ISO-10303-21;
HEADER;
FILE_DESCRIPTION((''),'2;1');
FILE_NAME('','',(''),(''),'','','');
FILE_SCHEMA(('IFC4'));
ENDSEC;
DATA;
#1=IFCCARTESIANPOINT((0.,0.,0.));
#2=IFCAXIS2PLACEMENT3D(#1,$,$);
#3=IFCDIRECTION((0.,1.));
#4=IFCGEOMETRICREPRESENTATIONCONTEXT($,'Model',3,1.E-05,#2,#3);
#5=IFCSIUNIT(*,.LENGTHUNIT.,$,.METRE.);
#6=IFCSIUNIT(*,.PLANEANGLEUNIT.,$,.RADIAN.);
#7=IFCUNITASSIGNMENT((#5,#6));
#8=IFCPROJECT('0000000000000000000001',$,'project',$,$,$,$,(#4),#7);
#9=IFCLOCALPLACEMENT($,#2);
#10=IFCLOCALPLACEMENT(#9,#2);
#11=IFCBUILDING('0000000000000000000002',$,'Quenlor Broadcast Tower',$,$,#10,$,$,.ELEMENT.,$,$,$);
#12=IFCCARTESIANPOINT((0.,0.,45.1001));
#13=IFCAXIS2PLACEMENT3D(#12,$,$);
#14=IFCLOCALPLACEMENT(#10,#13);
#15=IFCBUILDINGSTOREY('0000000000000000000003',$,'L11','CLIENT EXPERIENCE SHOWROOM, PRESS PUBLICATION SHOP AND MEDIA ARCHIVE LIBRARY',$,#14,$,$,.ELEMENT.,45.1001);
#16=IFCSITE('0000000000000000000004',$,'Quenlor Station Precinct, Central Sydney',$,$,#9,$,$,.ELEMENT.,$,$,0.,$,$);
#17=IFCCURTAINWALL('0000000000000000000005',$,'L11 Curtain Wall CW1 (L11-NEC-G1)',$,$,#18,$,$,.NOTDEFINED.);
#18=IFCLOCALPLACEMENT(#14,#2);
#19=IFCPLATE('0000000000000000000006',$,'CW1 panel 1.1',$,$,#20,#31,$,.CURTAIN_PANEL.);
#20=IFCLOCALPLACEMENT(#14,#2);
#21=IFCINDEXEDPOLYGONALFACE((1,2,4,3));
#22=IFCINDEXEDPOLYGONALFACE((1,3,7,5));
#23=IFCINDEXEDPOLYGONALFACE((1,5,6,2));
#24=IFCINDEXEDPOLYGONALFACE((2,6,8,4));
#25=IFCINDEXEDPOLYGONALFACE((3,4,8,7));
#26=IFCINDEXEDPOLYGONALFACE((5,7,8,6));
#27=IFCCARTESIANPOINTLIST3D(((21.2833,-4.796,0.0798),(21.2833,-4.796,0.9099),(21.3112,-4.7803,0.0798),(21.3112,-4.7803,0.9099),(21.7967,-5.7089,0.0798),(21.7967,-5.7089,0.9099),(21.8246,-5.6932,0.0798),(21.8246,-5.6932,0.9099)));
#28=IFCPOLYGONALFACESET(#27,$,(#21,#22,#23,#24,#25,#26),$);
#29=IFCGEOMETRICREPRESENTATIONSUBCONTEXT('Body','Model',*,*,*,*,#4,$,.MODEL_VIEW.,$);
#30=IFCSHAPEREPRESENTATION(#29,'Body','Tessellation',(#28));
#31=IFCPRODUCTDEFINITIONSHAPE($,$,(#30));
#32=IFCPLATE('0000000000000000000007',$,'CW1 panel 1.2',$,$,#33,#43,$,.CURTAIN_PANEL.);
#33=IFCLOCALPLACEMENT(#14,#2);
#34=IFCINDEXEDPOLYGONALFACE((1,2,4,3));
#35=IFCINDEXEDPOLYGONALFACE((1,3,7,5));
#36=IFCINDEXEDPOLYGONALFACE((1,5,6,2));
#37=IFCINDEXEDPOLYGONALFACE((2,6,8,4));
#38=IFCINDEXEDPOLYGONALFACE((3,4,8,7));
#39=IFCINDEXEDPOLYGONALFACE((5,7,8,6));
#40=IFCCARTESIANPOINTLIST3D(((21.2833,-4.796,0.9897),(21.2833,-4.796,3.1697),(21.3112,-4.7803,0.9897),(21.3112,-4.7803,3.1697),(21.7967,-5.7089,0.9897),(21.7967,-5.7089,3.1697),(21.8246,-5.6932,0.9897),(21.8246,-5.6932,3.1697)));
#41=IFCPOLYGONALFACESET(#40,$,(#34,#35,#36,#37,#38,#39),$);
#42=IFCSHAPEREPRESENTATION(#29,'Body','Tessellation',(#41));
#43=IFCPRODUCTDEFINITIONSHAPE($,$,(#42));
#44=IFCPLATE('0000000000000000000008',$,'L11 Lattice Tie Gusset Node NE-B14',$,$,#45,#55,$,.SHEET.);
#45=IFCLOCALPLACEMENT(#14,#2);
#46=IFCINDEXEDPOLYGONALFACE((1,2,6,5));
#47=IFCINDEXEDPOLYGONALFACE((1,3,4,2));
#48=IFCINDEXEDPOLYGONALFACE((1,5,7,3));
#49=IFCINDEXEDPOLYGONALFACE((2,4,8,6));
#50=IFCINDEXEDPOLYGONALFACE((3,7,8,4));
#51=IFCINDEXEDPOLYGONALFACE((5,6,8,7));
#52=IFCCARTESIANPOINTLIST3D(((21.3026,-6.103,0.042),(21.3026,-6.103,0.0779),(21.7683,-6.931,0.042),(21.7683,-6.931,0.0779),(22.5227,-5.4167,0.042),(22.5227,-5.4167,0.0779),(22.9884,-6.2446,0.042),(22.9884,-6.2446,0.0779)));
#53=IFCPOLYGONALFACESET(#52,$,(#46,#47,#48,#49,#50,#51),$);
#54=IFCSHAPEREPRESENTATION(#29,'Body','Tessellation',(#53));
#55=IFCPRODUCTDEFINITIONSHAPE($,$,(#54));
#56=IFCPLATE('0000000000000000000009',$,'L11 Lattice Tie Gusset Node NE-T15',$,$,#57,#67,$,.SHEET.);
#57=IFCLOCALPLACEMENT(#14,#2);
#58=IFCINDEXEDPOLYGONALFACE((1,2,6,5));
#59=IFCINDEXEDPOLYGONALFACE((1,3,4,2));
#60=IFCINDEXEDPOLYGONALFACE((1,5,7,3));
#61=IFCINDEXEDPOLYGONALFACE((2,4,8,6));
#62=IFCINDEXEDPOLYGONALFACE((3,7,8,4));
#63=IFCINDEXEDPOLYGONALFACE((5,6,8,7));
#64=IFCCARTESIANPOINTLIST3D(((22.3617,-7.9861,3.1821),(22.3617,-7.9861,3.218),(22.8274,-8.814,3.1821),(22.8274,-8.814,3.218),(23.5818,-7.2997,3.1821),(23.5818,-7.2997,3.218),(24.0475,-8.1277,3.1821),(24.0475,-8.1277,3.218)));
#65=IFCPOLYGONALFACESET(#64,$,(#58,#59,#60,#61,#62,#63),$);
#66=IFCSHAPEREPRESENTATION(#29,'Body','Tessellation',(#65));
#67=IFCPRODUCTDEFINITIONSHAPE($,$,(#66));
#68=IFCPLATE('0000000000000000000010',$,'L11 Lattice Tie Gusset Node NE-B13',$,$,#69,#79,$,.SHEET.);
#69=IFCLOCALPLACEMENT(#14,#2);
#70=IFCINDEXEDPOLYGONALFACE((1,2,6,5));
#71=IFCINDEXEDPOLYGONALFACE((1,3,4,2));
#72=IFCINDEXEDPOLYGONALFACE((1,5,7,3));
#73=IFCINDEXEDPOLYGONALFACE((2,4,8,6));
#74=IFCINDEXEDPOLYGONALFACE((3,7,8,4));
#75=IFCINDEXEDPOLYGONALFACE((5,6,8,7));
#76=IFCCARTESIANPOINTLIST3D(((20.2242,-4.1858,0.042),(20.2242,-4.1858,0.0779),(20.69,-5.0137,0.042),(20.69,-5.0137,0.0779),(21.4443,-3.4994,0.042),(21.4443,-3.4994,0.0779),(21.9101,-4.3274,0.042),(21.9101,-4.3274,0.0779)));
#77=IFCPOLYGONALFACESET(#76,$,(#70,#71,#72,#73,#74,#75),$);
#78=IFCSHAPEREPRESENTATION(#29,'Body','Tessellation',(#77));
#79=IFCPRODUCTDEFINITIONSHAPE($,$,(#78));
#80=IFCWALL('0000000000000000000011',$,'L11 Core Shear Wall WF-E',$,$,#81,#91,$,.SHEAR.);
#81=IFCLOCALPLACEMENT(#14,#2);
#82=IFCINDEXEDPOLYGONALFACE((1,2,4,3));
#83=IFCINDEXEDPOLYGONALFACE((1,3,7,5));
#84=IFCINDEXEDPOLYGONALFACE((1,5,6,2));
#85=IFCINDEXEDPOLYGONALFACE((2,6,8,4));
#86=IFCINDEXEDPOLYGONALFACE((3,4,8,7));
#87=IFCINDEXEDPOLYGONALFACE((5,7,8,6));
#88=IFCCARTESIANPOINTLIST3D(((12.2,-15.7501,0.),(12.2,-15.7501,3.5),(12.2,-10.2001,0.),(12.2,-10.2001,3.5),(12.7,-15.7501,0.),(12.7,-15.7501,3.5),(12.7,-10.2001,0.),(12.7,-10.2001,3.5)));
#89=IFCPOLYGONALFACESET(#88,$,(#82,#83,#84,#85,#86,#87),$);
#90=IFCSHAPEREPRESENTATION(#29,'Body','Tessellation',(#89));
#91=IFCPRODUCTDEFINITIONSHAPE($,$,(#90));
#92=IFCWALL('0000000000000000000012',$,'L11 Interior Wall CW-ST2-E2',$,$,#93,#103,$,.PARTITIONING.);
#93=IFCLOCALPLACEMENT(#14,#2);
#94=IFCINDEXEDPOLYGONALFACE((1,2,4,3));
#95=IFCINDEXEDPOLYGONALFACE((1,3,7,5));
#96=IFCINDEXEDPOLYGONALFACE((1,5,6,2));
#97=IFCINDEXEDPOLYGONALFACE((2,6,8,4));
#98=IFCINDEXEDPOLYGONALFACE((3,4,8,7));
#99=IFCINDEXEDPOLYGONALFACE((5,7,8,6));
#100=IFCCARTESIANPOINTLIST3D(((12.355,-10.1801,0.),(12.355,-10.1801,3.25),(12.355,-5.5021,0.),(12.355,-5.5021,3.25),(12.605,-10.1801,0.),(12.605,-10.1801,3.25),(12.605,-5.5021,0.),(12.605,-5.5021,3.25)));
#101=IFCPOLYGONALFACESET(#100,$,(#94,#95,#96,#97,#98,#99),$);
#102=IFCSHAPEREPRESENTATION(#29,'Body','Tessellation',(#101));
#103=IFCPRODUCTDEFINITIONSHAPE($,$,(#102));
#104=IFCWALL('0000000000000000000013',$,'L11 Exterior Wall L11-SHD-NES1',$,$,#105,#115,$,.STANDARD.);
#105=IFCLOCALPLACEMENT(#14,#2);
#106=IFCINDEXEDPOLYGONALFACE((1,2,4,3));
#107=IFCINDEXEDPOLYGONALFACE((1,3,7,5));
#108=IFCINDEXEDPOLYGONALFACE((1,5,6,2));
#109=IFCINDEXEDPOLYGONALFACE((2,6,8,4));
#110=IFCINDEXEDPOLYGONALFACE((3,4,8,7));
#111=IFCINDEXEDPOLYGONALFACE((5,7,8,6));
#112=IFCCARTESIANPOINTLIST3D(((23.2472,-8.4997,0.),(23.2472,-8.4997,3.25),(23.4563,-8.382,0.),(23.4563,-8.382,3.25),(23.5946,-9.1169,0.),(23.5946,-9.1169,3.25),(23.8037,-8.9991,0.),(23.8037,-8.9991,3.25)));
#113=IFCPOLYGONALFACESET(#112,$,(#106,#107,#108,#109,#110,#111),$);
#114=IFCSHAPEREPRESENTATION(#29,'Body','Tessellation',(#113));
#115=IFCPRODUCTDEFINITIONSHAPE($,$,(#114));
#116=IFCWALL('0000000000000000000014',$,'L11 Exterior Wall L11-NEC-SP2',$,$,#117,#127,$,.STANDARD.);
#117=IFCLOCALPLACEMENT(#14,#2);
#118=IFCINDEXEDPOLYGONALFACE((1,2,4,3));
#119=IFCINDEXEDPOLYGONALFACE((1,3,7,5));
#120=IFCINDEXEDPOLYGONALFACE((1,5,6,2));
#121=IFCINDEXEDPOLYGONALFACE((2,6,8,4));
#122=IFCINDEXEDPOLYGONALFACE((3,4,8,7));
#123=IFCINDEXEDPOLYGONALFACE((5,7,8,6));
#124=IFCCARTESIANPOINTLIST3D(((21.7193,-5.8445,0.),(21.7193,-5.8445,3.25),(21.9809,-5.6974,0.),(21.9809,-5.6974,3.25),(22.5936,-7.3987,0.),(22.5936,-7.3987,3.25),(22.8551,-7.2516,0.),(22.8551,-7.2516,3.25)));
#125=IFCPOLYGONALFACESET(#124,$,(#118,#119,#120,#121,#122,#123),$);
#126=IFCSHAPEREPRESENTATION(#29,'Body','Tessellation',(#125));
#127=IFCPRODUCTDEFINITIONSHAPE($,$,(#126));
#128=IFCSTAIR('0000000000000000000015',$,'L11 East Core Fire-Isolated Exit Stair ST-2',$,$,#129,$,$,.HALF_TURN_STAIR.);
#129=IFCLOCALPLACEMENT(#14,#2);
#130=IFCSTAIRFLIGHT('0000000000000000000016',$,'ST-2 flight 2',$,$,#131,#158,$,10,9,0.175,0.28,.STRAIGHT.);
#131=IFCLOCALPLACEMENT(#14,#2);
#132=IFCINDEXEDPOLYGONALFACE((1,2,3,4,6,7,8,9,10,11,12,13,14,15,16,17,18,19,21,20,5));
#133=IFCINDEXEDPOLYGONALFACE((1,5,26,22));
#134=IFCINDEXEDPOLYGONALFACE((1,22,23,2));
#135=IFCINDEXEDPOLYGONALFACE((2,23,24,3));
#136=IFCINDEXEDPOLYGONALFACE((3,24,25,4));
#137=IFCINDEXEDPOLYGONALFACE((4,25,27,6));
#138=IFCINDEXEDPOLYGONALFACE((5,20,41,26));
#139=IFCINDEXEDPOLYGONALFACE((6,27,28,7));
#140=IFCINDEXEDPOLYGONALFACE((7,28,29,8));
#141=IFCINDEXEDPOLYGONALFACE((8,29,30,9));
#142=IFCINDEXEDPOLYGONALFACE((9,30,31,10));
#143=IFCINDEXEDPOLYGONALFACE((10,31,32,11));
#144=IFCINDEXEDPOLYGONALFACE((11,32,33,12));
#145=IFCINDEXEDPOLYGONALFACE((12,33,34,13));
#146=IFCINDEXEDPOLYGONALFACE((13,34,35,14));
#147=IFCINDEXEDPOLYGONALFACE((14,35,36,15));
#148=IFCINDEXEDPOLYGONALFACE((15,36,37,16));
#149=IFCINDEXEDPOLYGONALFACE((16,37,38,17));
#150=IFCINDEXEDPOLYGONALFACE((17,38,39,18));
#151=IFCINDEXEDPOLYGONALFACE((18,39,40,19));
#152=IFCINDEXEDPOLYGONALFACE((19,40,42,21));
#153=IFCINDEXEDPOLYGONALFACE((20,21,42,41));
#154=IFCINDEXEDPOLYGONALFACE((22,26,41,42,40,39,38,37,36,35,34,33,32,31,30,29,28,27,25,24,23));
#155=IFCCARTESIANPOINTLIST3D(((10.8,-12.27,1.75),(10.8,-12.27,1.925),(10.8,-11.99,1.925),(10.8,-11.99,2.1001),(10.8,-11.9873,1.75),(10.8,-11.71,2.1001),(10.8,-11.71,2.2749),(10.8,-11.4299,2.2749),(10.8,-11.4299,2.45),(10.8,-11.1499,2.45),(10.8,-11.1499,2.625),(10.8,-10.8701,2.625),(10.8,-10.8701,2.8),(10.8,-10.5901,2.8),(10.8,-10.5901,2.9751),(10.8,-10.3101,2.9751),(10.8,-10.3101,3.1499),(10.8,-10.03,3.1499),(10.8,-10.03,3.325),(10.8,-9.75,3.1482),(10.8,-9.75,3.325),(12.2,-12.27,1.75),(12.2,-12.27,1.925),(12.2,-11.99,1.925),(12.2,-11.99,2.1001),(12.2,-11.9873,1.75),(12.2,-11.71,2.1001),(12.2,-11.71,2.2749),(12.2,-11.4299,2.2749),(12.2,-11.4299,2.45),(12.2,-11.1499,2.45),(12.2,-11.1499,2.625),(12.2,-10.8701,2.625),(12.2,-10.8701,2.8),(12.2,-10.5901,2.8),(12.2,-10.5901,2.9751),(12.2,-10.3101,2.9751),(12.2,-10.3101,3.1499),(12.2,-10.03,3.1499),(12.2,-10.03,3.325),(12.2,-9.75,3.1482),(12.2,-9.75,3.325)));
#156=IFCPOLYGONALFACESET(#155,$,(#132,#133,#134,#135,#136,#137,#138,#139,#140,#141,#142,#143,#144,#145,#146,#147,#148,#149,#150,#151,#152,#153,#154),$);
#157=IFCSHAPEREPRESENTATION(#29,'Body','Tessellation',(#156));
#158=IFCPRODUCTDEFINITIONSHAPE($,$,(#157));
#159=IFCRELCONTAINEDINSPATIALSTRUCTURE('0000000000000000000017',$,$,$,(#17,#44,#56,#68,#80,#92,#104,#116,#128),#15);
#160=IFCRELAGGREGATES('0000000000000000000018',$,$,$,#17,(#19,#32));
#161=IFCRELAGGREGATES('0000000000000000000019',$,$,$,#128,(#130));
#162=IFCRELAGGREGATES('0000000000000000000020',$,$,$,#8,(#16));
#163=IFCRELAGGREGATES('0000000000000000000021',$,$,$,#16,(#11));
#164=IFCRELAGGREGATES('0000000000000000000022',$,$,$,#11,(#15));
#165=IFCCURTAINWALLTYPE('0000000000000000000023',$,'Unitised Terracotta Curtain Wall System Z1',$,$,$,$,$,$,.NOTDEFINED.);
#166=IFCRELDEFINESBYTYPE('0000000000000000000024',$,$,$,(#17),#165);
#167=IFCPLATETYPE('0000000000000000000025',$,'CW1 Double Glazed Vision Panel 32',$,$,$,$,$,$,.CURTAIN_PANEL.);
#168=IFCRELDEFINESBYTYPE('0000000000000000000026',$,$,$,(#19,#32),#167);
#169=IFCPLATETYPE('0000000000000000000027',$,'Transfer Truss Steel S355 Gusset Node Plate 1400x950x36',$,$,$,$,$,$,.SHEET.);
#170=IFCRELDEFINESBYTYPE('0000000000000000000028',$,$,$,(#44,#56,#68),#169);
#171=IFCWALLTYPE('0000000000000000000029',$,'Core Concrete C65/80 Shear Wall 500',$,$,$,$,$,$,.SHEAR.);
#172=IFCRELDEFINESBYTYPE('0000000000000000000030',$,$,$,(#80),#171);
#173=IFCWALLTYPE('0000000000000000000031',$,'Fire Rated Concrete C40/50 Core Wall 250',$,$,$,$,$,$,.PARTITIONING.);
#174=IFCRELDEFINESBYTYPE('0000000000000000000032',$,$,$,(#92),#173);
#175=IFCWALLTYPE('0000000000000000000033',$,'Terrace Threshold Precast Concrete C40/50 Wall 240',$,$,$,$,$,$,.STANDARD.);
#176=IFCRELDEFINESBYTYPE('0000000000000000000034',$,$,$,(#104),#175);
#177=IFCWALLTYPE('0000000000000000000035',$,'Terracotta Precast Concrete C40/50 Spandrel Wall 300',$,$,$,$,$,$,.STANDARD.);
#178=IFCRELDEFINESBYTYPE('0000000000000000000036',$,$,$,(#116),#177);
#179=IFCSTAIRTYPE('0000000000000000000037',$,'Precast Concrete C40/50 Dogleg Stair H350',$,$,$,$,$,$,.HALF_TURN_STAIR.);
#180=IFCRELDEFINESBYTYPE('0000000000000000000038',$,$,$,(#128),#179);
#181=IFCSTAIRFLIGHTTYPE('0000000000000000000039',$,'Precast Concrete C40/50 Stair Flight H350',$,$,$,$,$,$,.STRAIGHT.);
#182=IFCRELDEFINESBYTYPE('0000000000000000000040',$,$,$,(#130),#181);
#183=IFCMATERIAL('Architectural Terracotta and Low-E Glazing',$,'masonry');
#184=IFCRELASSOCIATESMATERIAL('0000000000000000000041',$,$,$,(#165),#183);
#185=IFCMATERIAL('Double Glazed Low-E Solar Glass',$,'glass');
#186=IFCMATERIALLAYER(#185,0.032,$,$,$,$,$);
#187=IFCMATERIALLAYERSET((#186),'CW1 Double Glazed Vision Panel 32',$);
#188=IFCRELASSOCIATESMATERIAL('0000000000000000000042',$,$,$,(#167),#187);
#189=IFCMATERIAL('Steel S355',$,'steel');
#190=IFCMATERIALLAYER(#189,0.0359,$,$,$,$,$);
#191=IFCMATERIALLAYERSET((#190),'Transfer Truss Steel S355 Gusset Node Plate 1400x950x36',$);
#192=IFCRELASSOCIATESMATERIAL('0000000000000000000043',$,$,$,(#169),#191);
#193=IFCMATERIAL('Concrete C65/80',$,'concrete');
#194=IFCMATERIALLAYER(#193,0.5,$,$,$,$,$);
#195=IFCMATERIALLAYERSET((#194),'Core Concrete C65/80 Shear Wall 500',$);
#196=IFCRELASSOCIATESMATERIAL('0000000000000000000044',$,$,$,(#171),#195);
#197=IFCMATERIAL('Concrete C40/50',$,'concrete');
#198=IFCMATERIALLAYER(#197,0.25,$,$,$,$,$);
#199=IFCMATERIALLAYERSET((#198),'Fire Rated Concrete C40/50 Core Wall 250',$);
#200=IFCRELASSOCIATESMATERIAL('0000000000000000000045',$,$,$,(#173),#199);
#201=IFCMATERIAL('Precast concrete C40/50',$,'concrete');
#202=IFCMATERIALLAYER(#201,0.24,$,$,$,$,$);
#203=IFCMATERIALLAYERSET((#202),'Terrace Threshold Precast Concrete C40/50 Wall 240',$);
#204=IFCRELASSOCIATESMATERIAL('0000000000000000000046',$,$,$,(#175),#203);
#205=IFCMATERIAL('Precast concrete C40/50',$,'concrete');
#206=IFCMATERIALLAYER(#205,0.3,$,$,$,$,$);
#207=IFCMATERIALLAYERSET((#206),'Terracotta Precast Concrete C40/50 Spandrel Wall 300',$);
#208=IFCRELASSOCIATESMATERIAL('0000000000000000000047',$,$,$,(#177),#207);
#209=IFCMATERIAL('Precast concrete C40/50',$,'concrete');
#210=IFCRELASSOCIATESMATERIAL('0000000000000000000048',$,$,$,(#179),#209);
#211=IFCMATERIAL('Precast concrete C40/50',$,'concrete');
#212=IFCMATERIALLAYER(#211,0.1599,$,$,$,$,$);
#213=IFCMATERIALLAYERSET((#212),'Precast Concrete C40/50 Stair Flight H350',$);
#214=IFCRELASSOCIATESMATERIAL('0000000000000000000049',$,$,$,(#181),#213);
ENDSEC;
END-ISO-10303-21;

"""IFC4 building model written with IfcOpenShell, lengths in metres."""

from ifc_helpers import new_model, si_unit, direction, frame, frame_2d, origin, origin_2d, place, context, subcontext, project, spatial, polyline, rectangle, outline, extrude, material, layer, layer_set, type_object, element, aggregate, save


model = new_model("IFC4")

# Units and contexts
model_context = context("Model", 3, precision=1e-05, world=origin(), true_north=direction((0.0, 1.0)))
body_context = subcontext(model_context, "Body", "Model", "MODEL_VIEW")
ifc_project = project(units=[si_unit("LENGTHUNIT", "METRE"), si_unit("PLANEANGLEUNIT", "RADIAN")], contexts=[model_context])

# Site, building, storey
site_placement = place(None, origin())
site = spatial("IfcSite", under=ifc_project, at=site_placement, Name="Quenlor Station Precinct, Central Sydney", CompositionType="ELEMENT", RefElevation=0.0)
building_placement = place(site_placement, origin())
building = spatial("IfcBuilding", under=site, at=building_placement, Name="Quenlor Broadcast Tower", CompositionType="ELEMENT")
storey_placement = place(building_placement, frame((0.0, 0.0, 45.1001)))
storey = spatial("IfcBuildingStorey", under=building, at=storey_placement, Name="L11", Description="CLIENT EXPERIENCE SHOWROOM, PRESS PUBLICATION SHOP AND MEDIA ARCHIVE LIBRARY", CompositionType="ELEMENT", Elevation=45.1001)

# Curtain wall
ifc_material_1 = material(Name="Architectural Terracotta and Low-E Glazing", Category="masonry")
curtain_wall_type = type_object("IfcCurtainWallType", Name="Unitised Terracotta Curtain Wall System Z1", PredefinedType="NOTDEFINED", material=ifc_material_1)
curtain_wall_placement = place(storey_placement, origin())
curtain_wall = element("IfcCurtainWall", 1, at=curtain_wall_placement, inside=storey, type_object=curtain_wall_type, Name="L11 Curtain Wall CW1 (L11-NEC-G1)", PredefinedType="NOTDEFINED")

# Plates
ifc_material_2 = material(Name="Double Glazed Low-E Solar Glass", Category="glass")
ifc_layer_1 = layer(ifc_material_2, 0.032)
ifc_layer_set_1 = layer_set([ifc_layer_1], Name="CW1 Double Glazed Vision Panel 32")
plate_type_1 = type_object("IfcPlateType", Name="CW1 Double Glazed Vision Panel 32", PredefinedType="CURTAIN_PANEL", material=ifc_layer_set_1)
plate_1_placement = place(storey_placement, frame((21.554, -5.2446, 0.0798), z_axis=(0.0, 0.0, 1.0), x_axis=(0.490214, -0.871602, 0.0)))
plate_1 = element("IfcPlate", 2, at=plate_1_placement, type_object=plate_type_1, Name="CW1 panel 1.1", PredefinedType="CURTAIN_PANEL", context=body_context, shape_type="SweptSolid", body=[
    extrude(rectangle(XDim=1.0474, YDim=0.032, at=origin_2d()), origin(), (0.0, 0.0, 1.0), 0.8301),
])
plate_2_placement = place(storey_placement, frame((21.554, -5.2446, 0.9897), z_axis=(0.0, 0.0, 1.0), x_axis=(0.490214, -0.871602, 0.0)))
plate_2 = element("IfcPlate", 3, at=plate_2_placement, type_object=plate_type_1, Name="CW1 panel 1.2", PredefinedType="CURTAIN_PANEL", context=body_context, shape_type="SweptSolid", body=[
    extrude(rectangle(XDim=1.0474, YDim=0.032, at=origin_2d()), origin(), (0.0, 0.0, 1.0), 2.1799),
])
aggregate(curtain_wall, [plate_1, plate_2])

# Plates
ifc_material_3 = material(Name="Steel S355", Category="steel")
ifc_layer_2 = layer(ifc_material_3, 0.0359)
ifc_layer_set_2 = layer_set([ifc_layer_2], Name="Transfer Truss Steel S355 Gusset Node Plate 1400x950x36")
plate_type_2 = type_object("IfcPlateType", Name="Transfer Truss Steel S355 Gusset Node Plate 1400x950x36", PredefinedType="SHEET", material=ifc_layer_set_2)
for number, where, z_axis, x_axis, name in (
    (4, (22.1455, -6.1738, 0.042), (0.0, 0.0, 1.0), (0.871556, 0.490295, 0.0), "L11 Lattice Tie Gusset Node NE-B14"),
    (5, (23.2046, -8.0569, 3.1821), (0.0, 0.0, 1.0), (0.871556, 0.490295, 0.0), "L11 Lattice Tie Gusset Node NE-T15"),
    (6, (21.0671, -4.2566, 0.042), (0.0, 0.0, 1.0), (0.871556, 0.490295, 0.0), "L11 Lattice Tie Gusset Node NE-B13"),
):
    element("IfcPlate", number, at=place(storey_placement, frame(where, z_axis=z_axis, x_axis=x_axis)), inside=storey, type_object=plate_type_2, Name=name, PredefinedType="SHEET", context=body_context, shape_type="SweptSolid", body=[
        extrude(rectangle(XDim=1.3999, YDim=0.95, at=origin_2d()), origin(), (0.0, 0.0, 1.0), 0.0359),
    ])

# Walls
ifc_material_4 = material(Name="Concrete C65/80", Category="concrete")
ifc_layer_3 = layer(ifc_material_4, 0.5)
ifc_layer_set_3 = layer_set([ifc_layer_3], Name="Core Concrete C65/80 Shear Wall 500")
wall_type_1 = type_object("IfcWallType", Name="Core Concrete C65/80 Shear Wall 500", PredefinedType="SHEAR", material=ifc_layer_set_3)
wall_1_placement = place(storey_placement, frame((12.45, -15.75, 0.0), z_axis=(0.0, 0.0, 1.0), x_axis=(0.0, 1.0, 0.0)))
element("IfcWall", 7, at=wall_1_placement, inside=storey, type_object=wall_type_1, Name="L11 Core Shear Wall WF-E", PredefinedType="SHEAR", context=body_context, shape_type="SweptSolid", body=[
    extrude(rectangle(XDim=5.55, YDim=0.5, at=frame_2d((2.7749, 0.0))), origin(), (0.0, 0.0, 1.0), 3.5),
])
ifc_material_5 = material(Name="Concrete C40/50", Category="concrete")
ifc_layer_4 = layer(ifc_material_5, 0.25)
ifc_layer_set_4 = layer_set([ifc_layer_4], Name="Fire Rated Concrete C40/50 Core Wall 250")
wall_type_2 = type_object("IfcWallType", Name="Fire Rated Concrete C40/50 Core Wall 250", PredefinedType="PARTITIONING", material=ifc_layer_set_4)
wall_2_placement = place(storey_placement, frame((12.48, -10.1799, 0.0), z_axis=(0.0, 0.0, 1.0), x_axis=(0.0, 1.0, 0.0)))
element("IfcWall", 8, at=wall_2_placement, inside=storey, type_object=wall_type_2, Name="L11 Interior Wall CW-ST2-E2", PredefinedType="PARTITIONING", context=body_context, shape_type="SweptSolid", body=[
    extrude(rectangle(XDim=4.678, YDim=0.25, at=frame_2d((2.3389, 0.0))), origin(), (0.0, 0.0, 1.0), 3.25),
])
ifc_material_6 = material(Name="Precast concrete C40/50", Category="concrete")
ifc_layer_5 = layer(ifc_material_6, 0.24)
ifc_layer_set_5 = layer_set([ifc_layer_5], Name="Terrace Threshold Precast Concrete C40/50 Wall 240")
wall_type_3 = type_object("IfcWallType", Name="Terrace Threshold Precast Concrete C40/50 Wall 240", PredefinedType="STANDARD", material=ifc_layer_set_5)
wall_3_placement = place(storey_placement, frame((23.3518, -8.4409, 0.0), z_axis=(0.0, 0.0, 1.0), x_axis=(0.490523, -0.871428, 0.0)))
element("IfcWall", 9, at=wall_3_placement, inside=storey, type_object=wall_type_3, Name="L11 Exterior Wall L11-SHD-NES1", PredefinedType="STANDARD", context=body_context, shape_type="SweptSolid", body=[
    extrude(rectangle(XDim=0.7083, YDim=0.24, at=frame_2d((0.354, 0.0))), origin(), (0.0, 0.0, 1.0), 3.25),
])
ifc_material_7 = material(Name="Precast concrete C40/50", Category="concrete")
ifc_layer_6 = layer(ifc_material_7, 0.3)
ifc_layer_set_6 = layer_set([ifc_layer_6], Name="Terracotta Precast Concrete C40/50 Spandrel Wall 300")
wall_type_4 = type_object("IfcWallType", Name="Terracotta Precast Concrete C40/50 Spandrel Wall 300", PredefinedType="STANDARD", material=ifc_layer_set_6)
wall_4_placement = place(storey_placement, frame((21.8501, -5.771, 0.0), z_axis=(0.0, 0.0, 1.0), x_axis=(0.490274, -0.871568, 0.0)))
element("IfcWall", 10, at=wall_4_placement, inside=storey, type_object=wall_type_4, Name="L11 Exterior Wall L11-NEC-SP2", PredefinedType="STANDARD", context=body_context, shape_type="SweptSolid", body=[
    extrude(rectangle(XDim=1.7832, YDim=0.3, at=frame_2d((0.8916, 0.0))), origin(), (0.0, 0.0, 1.0), 3.25),
])

# Stair, stair flight
ifc_material_8 = material(Name="Precast concrete C40/50", Category="concrete")
stair_type = type_object("IfcStairType", Name="Precast Concrete C40/50 Dogleg Stair H350", PredefinedType="HALF_TURN_STAIR", material=ifc_material_8)
stair_placement = place(storey_placement, origin())
stair = element("IfcStair", 11, at=stair_placement, inside=storey, type_object=stair_type, Name="L11 East Core Fire-Isolated Exit Stair ST-2", PredefinedType="HALF_TURN_STAIR")
ifc_material_9 = material(Name="Precast concrete C40/50", Category="concrete")
ifc_layer_7 = layer(ifc_material_9, 0.1599)
ifc_layer_set_7 = layer_set([ifc_layer_7], Name="Precast Concrete C40/50 Stair Flight H350")
stair_flight_type = type_object("IfcStairFlightType", Name="Precast Concrete C40/50 Stair Flight H350", PredefinedType="STRAIGHT", material=ifc_layer_set_7)
stair_flight_placement = place(storey_placement, frame((11.5, -12.27, 1.75), z_axis=(0.0, 0.0, 1.0), x_axis=(0.0, 1.0, 0.0)))
stair_flight = element("IfcStairFlight", 12, at=stair_flight_placement, type_object=stair_flight_type, Name="ST-2 flight 2", NumberOfRisers=10, NumberOfTreads=9, PredefinedType="STRAIGHT", RiserHeight=0.175, TreadLength=0.28, context=body_context, shape_type="SweptSolid", body=[
    extrude(outline(polyline([(0.0, 0.0), (0.0, 0.175), (0.28, 0.175), (0.28, 0.3501), (0.5601, 0.3501), (0.5601, 0.5249), (0.8401, 0.5249), (0.8401, 0.7), (1.1201, 0.7), (1.1201, 0.875), (1.3999, 0.875), (1.3999, 1.05), (1.6799, 1.05), (1.6799, 1.2251), (1.96, 1.2251), (1.96, 1.3999), (2.24, 1.3999), (2.24, 1.575), (2.52, 1.575), (2.52, 1.75), (2.52, 1.3982), (0.2827, 0.0), (0.0, 0.0)])), frame((0.0, 0.7, 0.0), z_axis=(0.0, -1.0, 0.0), x_axis=(1.0, 0.0, 0.0)), (0.0, 0.0, 1.0), 1.3999),
])
aggregate(stair, [stair_flight])

save(model, "model.ifc")
